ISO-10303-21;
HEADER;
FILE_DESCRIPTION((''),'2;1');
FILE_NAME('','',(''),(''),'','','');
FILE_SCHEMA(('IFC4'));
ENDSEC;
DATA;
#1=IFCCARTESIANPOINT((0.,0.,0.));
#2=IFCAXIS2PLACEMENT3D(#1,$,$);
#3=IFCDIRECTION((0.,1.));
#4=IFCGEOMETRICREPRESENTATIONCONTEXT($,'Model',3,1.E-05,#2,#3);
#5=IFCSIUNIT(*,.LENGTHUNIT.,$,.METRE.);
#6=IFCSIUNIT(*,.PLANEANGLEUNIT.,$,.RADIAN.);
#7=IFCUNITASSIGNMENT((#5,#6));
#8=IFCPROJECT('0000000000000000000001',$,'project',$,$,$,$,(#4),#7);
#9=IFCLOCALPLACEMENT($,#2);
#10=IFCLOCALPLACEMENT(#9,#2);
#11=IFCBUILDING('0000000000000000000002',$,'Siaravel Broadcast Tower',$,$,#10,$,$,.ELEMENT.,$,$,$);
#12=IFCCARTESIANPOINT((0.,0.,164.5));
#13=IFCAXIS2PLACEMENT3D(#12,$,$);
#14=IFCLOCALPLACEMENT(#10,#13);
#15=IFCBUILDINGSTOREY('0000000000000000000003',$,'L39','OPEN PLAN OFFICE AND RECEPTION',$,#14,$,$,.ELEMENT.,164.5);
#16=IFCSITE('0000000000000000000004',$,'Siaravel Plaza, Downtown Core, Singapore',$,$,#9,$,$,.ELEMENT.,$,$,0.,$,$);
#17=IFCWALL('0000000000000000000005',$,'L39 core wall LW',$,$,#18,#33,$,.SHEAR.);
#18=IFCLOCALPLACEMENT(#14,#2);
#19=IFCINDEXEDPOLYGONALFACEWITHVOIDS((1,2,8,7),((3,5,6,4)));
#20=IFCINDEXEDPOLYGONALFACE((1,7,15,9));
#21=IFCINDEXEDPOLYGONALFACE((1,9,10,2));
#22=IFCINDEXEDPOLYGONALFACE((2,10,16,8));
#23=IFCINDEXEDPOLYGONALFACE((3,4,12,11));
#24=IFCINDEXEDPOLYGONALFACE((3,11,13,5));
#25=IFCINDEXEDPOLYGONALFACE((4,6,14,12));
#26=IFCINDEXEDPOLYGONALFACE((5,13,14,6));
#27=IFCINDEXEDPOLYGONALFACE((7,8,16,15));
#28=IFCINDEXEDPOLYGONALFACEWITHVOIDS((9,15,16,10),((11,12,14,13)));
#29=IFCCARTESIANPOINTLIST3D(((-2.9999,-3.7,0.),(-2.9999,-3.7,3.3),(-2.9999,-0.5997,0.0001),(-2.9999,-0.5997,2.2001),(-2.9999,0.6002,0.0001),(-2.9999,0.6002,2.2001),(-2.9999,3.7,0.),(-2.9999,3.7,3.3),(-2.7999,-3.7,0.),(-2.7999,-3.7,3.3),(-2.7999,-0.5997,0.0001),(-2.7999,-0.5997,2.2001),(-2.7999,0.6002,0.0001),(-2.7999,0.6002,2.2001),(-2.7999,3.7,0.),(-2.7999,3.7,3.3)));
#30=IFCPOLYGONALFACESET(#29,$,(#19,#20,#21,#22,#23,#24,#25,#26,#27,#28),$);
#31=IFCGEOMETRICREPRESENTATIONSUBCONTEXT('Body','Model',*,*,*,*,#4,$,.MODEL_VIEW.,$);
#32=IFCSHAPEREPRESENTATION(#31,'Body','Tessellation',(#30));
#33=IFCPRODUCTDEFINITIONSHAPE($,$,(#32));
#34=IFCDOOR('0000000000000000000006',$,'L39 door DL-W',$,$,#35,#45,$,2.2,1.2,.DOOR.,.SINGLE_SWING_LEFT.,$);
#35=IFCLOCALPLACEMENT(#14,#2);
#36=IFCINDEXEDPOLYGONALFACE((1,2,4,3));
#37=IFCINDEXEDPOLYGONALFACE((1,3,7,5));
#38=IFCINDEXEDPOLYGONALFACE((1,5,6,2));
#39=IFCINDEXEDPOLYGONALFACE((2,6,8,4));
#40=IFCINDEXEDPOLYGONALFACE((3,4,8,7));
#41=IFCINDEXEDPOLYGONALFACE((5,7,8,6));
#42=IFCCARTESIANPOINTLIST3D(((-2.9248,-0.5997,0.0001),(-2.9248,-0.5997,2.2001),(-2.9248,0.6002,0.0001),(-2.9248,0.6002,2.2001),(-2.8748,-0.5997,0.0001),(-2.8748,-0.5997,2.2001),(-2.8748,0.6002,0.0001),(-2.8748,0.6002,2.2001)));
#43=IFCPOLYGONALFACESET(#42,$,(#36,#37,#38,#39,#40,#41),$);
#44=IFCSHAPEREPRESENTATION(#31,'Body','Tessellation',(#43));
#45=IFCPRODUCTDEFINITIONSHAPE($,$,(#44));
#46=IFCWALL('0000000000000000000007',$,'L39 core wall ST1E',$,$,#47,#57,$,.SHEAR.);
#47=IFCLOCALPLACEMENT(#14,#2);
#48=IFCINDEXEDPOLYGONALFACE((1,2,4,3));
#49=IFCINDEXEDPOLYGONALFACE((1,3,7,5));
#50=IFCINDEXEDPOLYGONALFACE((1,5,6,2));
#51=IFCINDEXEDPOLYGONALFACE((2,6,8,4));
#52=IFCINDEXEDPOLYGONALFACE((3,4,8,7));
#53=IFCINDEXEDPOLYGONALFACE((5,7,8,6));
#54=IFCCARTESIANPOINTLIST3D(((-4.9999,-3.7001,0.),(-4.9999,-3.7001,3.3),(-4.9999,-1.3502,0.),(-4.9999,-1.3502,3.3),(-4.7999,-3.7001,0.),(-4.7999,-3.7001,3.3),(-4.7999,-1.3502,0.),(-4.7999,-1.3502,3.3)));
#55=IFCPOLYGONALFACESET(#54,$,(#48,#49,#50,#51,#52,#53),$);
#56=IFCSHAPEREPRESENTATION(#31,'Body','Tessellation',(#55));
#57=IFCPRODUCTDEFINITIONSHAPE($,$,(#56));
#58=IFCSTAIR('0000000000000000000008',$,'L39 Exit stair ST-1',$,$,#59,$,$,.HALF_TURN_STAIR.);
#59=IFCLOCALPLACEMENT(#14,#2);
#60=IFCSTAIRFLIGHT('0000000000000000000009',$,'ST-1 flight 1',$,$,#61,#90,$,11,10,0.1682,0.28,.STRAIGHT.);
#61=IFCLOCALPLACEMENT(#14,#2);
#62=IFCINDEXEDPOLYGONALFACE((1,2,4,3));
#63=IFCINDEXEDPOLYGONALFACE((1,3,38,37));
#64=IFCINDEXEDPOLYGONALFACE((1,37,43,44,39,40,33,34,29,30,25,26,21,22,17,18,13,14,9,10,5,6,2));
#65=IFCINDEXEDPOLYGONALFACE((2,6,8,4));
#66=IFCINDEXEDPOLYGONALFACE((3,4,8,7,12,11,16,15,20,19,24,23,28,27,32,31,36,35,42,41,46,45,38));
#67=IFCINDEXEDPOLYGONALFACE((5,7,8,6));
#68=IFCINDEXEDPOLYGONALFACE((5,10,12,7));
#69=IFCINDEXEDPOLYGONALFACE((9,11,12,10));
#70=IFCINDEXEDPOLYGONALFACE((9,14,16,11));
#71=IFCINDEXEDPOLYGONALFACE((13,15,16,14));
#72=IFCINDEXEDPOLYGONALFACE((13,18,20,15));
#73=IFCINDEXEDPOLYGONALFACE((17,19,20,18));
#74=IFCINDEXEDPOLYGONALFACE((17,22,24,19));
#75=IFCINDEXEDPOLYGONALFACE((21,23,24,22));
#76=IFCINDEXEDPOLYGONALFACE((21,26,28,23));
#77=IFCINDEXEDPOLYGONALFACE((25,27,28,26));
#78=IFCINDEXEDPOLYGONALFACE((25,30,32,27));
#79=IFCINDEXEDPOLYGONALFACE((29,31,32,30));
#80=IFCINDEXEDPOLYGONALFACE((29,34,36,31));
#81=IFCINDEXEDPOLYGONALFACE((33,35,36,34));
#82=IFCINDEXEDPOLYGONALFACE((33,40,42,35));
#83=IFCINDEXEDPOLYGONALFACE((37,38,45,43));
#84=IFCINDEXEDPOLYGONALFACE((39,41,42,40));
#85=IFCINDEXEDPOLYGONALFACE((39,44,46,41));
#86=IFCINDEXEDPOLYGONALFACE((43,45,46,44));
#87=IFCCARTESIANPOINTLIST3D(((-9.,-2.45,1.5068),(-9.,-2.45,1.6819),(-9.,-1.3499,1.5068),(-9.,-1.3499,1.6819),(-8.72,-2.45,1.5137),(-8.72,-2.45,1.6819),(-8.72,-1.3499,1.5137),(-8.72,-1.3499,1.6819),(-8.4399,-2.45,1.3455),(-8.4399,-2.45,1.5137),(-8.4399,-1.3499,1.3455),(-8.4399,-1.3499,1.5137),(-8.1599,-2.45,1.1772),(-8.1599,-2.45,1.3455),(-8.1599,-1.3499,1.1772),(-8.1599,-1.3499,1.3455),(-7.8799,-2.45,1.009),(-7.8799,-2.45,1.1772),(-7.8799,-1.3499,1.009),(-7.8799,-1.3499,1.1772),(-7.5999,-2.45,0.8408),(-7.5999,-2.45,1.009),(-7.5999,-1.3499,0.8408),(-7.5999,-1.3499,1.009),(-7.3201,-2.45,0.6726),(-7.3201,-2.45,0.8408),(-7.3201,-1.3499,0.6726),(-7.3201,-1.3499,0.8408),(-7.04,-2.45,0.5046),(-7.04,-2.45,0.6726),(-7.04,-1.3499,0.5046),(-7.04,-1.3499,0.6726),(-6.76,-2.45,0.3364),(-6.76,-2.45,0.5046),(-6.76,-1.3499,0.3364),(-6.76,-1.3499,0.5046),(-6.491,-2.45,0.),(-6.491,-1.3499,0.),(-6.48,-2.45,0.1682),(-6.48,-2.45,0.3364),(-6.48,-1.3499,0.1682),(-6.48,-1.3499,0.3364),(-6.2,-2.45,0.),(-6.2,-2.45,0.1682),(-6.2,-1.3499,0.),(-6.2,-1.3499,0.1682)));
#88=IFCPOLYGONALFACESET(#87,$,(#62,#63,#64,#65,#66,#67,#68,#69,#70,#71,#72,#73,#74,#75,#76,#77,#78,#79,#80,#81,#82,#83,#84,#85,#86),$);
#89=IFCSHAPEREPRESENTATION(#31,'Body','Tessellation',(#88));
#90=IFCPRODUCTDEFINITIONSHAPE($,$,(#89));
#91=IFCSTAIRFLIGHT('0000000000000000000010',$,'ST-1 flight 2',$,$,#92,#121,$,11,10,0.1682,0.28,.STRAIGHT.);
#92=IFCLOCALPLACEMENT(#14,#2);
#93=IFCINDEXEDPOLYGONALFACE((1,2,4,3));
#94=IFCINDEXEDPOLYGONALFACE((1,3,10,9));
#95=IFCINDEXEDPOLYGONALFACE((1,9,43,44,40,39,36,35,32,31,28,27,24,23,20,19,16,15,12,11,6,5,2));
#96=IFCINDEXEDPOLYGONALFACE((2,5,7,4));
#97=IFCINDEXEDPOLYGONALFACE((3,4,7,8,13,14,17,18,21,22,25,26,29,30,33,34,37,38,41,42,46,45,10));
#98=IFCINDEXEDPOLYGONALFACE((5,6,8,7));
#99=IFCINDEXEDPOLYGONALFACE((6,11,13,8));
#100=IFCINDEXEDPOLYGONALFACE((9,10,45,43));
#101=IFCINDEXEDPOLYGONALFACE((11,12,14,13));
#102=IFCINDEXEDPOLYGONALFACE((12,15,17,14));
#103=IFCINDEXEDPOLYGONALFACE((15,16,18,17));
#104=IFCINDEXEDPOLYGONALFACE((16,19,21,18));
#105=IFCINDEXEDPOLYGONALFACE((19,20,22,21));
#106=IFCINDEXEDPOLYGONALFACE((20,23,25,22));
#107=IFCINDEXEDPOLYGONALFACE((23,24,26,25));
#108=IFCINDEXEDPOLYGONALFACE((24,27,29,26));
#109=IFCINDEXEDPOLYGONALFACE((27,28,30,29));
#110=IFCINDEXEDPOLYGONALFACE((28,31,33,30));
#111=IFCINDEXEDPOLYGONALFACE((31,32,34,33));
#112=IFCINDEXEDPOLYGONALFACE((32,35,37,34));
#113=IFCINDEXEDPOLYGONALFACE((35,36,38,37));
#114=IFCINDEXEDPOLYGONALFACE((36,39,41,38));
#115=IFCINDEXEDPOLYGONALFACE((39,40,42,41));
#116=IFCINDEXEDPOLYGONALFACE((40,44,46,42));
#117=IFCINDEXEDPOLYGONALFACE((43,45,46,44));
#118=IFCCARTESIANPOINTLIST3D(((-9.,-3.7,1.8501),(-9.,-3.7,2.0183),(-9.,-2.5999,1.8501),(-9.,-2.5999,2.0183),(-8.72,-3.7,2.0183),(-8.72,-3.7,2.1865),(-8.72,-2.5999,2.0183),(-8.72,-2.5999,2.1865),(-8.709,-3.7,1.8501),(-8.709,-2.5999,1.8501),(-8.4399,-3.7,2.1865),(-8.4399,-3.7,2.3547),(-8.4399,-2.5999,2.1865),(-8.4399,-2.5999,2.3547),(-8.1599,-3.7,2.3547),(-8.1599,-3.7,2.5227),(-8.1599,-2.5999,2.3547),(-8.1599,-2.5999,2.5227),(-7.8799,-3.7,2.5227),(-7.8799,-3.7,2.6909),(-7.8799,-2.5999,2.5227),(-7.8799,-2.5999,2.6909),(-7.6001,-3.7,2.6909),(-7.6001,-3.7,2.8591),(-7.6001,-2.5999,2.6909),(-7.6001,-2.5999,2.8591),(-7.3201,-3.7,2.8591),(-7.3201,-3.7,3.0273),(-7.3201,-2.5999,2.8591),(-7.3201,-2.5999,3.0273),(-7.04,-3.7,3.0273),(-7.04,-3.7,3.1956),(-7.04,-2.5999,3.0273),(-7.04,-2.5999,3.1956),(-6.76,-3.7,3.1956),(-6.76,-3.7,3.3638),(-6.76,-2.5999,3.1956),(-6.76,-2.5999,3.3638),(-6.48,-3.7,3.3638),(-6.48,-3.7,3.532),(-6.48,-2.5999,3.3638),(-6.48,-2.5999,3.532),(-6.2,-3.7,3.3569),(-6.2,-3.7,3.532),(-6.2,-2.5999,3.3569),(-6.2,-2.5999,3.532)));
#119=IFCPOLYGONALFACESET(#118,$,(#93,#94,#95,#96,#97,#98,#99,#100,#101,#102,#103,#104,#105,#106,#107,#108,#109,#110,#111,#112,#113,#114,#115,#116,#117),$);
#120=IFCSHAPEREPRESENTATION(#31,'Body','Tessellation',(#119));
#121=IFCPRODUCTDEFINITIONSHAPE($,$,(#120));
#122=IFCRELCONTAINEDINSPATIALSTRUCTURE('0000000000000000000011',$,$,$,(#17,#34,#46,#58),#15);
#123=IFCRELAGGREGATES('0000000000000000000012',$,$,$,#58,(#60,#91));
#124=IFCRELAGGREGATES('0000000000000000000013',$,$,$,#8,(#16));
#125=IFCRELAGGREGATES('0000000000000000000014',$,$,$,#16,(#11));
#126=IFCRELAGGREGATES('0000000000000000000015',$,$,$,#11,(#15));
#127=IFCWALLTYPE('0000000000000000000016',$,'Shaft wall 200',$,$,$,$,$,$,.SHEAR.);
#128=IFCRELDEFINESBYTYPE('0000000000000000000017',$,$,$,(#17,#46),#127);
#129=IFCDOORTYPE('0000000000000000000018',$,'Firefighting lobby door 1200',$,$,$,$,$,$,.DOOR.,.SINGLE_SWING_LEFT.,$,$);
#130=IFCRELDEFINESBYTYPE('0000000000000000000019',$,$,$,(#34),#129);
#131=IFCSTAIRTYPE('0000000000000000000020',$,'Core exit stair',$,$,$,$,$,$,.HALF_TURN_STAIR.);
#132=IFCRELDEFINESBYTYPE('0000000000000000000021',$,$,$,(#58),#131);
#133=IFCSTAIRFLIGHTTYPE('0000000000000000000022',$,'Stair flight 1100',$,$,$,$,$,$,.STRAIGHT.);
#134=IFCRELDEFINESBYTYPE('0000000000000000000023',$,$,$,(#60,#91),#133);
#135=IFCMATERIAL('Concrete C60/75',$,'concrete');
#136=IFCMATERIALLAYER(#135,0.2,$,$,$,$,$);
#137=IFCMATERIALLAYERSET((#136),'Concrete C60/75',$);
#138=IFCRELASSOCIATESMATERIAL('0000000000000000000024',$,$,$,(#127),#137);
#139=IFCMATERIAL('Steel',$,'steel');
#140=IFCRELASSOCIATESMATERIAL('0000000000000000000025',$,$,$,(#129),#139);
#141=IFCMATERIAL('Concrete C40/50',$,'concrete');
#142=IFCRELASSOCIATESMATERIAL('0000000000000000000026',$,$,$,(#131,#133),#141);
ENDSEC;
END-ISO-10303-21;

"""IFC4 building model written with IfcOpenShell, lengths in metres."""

from ifc_helpers import new_model, si_unit, direction, frame, frame_2d, origin, place, context, subcontext, project, spatial, polyline, rectangle, outline, extrude, material, layer, layer_set, type_object, element, fill, aggregate, save


model = new_model("IFC4")

# Units and contexts
model_context = context("Model", 3, precision=1e-05, world=origin(), true_north=direction((0.0, 1.0)))
body_context = subcontext(model_context, "Body", "Model", "MODEL_VIEW")
ifc_project = project(units=[si_unit("LENGTHUNIT", "METRE"), si_unit("PLANEANGLEUNIT", "RADIAN")], contexts=[model_context])

# Site, building, storey
site_placement = place(None, origin())
site = spatial("IfcSite", under=ifc_project, at=site_placement, Name="Siaravel Plaza, Downtown Core, Singapore", CompositionType="ELEMENT", RefElevation=0.0)
building_placement = place(site_placement, origin())
building = spatial("IfcBuilding", under=site, at=building_placement, Name="Siaravel Broadcast Tower", CompositionType="ELEMENT")
storey_placement = place(building_placement, frame((0.0, 0.0, 164.5)))
storey = spatial("IfcBuildingStorey", under=building, at=storey_placement, Name="L39", Description="OPEN PLAN OFFICE AND RECEPTION", CompositionType="ELEMENT", Elevation=164.5)

# Shared definitions
ifc_material_1 = material(Name="Concrete C60/75", Category="concrete")
ifc_material_2 = material(Name="Steel", Category="steel")

# Shared definitions
ifc_layer_1 = layer(ifc_material_1, 0.2)
ifc_layer_set_1 = layer_set([ifc_layer_1], Name="Concrete C60/75")
wall_type_1 = type_object("IfcWallType", Name="Shaft wall 200", PredefinedType="SHEAR", material=ifc_layer_set_1)

# Wall, opening, door
wall_1_placement = place(storey_placement, frame((-2.8999, -3.7, 0.0), z_axis=(0.0, 0.0, 1.0), x_axis=(0.0, 1.0, 0.0)))
wall_1 = element("IfcWall", 1, at=wall_1_placement, inside=storey, type_object=wall_type_1, Name="L39 core wall LW", PredefinedType="SHEAR", context=body_context, shape_type="SweptSolid", body=[
    extrude(rectangle(XDim=7.3999, YDim=0.2, at=frame_2d((3.7, 0.0))), origin(), (0.0, 0.0, 1.0), 3.3),
])
opening_1_placement = place(wall_1_placement, frame((3.1001, 0.0, 0.0)))
opening_1 = element("IfcOpeningElement", 2, at=opening_1_placement, cuts=wall_1, PredefinedType="OPENING", context=body_context, shape_type="SweptSolid", body=[
    extrude(rectangle(XDim=1.2, YDim=2.2, at=frame_2d((0.6001, 1.1001))), frame((0.0, 0.1099, 0.0), z_axis=(0.0, -1.0, 0.0), x_axis=(1.0, 0.0, 0.0)), (0.0, 0.0, 1.0), 0.22),
])
door_type_1 = type_object("IfcDoorType", Name="Firefighting lobby door 1200", OperationType="SINGLE_SWING_LEFT", PredefinedType="DOOR", material=ifc_material_2)
door_1_placement = place(opening_1_placement, origin())
door_1 = element("IfcDoor", 3, at=door_1_placement, inside=storey, type_object=door_type_1, Name="L39 door DL-W", OperationType="SINGLE_SWING_LEFT", OverallHeight=2.2, OverallWidth=1.2, PredefinedType="DOOR", context=body_context, shape_type="SweptSolid", body=[
    extrude(rectangle(XDim=1.2, YDim=2.2, at=frame_2d((0.6001, 1.1001))), frame((0.0, 0.0249, 0.0), z_axis=(0.0, -1.0, 0.0), x_axis=(1.0, 0.0, 0.0)), (0.0, 0.0, 1.0), 0.05),
])
fill(opening_1, door_1)

# Wall
wall_2_placement = place(storey_placement, frame((-4.8999, -3.7, 0.0), z_axis=(0.0, 0.0, 1.0), x_axis=(0.0, 1.0, 0.0)))
element("IfcWall", 4, at=wall_2_placement, inside=storey, type_object=wall_type_1, Name="L39 core wall ST1E", PredefinedType="SHEAR", context=body_context, shape_type="SweptSolid", body=[
    extrude(rectangle(XDim=2.3499, YDim=0.2, at=frame_2d((1.1748, 0.0))), origin(), (0.0, 0.0, 1.0), 3.3),
])

# Stair, stair flights
ifc_material_3 = material(Name="Concrete C40/50", Category="concrete")
stair_type = type_object("IfcStairType", Name="Core exit stair", PredefinedType="HALF_TURN_STAIR", material=ifc_material_3)
stair_placement = place(storey_placement, origin())
stair = element("IfcStair", 5, at=stair_placement, inside=storey, type_object=stair_type, Name="L39 Exit stair ST-1", PredefinedType="HALF_TURN_STAIR")
stair_flight_type = type_object("IfcStairFlightType", Name="Stair flight 1100", PredefinedType="STRAIGHT", material=ifc_material_3)
stair_flight_1_placement = place(storey_placement, frame((-6.2, -1.8999, 0.0), z_axis=(0.0, 0.0, 1.0), x_axis=(-1.0, 0.0, 0.0)))
stair_flight_1 = element("IfcStairFlight", 6, at=stair_flight_1_placement, type_object=stair_flight_type, Name="ST-1 flight 1", NumberOfRisers=11, NumberOfTreads=10, PredefinedType="STRAIGHT", RiserHeight=0.1682, TreadLength=0.28, context=body_context, shape_type="SweptSolid", body=[
    extrude(outline(polyline([(0.0, 0.0), (0.0, 0.1682), (0.28, 0.1682), (0.28, 0.3364), (0.5601, 0.3364), (0.5601, 0.5046), (0.8401, 0.5046), (0.8401, 0.6726), (1.1201, 0.6726), (1.1201, 0.8408), (1.3999, 0.8408), (1.3999, 1.009), (1.6799, 1.009), (1.6799, 1.1772), (1.96, 1.1772), (1.96, 1.3455), (2.24, 1.3455), (2.24, 1.5137), (2.52, 1.5137), (2.52, 1.6819), (2.8, 1.6819), (2.8, 1.8501), (2.8, 1.5068), (0.291, 0.0), (0.0, 0.0)])), frame((0.0, 0.55, 0.0), z_axis=(0.0, -1.0, 0.0), x_axis=(1.0, 0.0, 0.0)), (0.0, 0.0, 1.0), 1.1001),
])
stair_flight_2_placement = place(storey_placement, frame((-9.0, -3.1499, 1.8501), z_axis=(0.0, 0.0, 1.0), x_axis=(1.0, 0.0, 0.0)))
stair_flight_2 = element("IfcStairFlight", 7, at=stair_flight_2_placement, type_object=stair_flight_type, Name="ST-1 flight 2", NumberOfRisers=11, NumberOfTreads=10, PredefinedType="STRAIGHT", RiserHeight=0.1682, TreadLength=0.28, context=body_context, shape_type="SweptSolid", body=[
    extrude(outline(polyline([(0.0, 0.0), (0.0, 0.1682), (0.28, 0.1682), (0.28, 0.3364), (0.5601, 0.3364), (0.5601, 0.5046), (0.8401, 0.5046), (0.8401, 0.6726), (1.1201, 0.6726), (1.1201, 0.8408), (1.3999, 0.8408), (1.3999, 1.009), (1.6799, 1.009), (1.6799, 1.1772), (1.96, 1.1772), (1.96, 1.3455), (2.24, 1.3455), (2.24, 1.5137), (2.52, 1.5137), (2.52, 1.6819), (2.8, 1.6819), (2.8, 1.8501), (2.8, 1.5068), (0.291, 0.0), (0.0, 0.0)])), frame((0.0, 0.55, 0.0), z_axis=(0.0, -1.0, 0.0), x_axis=(1.0, 0.0, 0.0)), (0.0, 0.0, 1.0), 1.1001),
])
aggregate(stair, [stair_flight_1, stair_flight_2])

save(model, "model.ifc")
